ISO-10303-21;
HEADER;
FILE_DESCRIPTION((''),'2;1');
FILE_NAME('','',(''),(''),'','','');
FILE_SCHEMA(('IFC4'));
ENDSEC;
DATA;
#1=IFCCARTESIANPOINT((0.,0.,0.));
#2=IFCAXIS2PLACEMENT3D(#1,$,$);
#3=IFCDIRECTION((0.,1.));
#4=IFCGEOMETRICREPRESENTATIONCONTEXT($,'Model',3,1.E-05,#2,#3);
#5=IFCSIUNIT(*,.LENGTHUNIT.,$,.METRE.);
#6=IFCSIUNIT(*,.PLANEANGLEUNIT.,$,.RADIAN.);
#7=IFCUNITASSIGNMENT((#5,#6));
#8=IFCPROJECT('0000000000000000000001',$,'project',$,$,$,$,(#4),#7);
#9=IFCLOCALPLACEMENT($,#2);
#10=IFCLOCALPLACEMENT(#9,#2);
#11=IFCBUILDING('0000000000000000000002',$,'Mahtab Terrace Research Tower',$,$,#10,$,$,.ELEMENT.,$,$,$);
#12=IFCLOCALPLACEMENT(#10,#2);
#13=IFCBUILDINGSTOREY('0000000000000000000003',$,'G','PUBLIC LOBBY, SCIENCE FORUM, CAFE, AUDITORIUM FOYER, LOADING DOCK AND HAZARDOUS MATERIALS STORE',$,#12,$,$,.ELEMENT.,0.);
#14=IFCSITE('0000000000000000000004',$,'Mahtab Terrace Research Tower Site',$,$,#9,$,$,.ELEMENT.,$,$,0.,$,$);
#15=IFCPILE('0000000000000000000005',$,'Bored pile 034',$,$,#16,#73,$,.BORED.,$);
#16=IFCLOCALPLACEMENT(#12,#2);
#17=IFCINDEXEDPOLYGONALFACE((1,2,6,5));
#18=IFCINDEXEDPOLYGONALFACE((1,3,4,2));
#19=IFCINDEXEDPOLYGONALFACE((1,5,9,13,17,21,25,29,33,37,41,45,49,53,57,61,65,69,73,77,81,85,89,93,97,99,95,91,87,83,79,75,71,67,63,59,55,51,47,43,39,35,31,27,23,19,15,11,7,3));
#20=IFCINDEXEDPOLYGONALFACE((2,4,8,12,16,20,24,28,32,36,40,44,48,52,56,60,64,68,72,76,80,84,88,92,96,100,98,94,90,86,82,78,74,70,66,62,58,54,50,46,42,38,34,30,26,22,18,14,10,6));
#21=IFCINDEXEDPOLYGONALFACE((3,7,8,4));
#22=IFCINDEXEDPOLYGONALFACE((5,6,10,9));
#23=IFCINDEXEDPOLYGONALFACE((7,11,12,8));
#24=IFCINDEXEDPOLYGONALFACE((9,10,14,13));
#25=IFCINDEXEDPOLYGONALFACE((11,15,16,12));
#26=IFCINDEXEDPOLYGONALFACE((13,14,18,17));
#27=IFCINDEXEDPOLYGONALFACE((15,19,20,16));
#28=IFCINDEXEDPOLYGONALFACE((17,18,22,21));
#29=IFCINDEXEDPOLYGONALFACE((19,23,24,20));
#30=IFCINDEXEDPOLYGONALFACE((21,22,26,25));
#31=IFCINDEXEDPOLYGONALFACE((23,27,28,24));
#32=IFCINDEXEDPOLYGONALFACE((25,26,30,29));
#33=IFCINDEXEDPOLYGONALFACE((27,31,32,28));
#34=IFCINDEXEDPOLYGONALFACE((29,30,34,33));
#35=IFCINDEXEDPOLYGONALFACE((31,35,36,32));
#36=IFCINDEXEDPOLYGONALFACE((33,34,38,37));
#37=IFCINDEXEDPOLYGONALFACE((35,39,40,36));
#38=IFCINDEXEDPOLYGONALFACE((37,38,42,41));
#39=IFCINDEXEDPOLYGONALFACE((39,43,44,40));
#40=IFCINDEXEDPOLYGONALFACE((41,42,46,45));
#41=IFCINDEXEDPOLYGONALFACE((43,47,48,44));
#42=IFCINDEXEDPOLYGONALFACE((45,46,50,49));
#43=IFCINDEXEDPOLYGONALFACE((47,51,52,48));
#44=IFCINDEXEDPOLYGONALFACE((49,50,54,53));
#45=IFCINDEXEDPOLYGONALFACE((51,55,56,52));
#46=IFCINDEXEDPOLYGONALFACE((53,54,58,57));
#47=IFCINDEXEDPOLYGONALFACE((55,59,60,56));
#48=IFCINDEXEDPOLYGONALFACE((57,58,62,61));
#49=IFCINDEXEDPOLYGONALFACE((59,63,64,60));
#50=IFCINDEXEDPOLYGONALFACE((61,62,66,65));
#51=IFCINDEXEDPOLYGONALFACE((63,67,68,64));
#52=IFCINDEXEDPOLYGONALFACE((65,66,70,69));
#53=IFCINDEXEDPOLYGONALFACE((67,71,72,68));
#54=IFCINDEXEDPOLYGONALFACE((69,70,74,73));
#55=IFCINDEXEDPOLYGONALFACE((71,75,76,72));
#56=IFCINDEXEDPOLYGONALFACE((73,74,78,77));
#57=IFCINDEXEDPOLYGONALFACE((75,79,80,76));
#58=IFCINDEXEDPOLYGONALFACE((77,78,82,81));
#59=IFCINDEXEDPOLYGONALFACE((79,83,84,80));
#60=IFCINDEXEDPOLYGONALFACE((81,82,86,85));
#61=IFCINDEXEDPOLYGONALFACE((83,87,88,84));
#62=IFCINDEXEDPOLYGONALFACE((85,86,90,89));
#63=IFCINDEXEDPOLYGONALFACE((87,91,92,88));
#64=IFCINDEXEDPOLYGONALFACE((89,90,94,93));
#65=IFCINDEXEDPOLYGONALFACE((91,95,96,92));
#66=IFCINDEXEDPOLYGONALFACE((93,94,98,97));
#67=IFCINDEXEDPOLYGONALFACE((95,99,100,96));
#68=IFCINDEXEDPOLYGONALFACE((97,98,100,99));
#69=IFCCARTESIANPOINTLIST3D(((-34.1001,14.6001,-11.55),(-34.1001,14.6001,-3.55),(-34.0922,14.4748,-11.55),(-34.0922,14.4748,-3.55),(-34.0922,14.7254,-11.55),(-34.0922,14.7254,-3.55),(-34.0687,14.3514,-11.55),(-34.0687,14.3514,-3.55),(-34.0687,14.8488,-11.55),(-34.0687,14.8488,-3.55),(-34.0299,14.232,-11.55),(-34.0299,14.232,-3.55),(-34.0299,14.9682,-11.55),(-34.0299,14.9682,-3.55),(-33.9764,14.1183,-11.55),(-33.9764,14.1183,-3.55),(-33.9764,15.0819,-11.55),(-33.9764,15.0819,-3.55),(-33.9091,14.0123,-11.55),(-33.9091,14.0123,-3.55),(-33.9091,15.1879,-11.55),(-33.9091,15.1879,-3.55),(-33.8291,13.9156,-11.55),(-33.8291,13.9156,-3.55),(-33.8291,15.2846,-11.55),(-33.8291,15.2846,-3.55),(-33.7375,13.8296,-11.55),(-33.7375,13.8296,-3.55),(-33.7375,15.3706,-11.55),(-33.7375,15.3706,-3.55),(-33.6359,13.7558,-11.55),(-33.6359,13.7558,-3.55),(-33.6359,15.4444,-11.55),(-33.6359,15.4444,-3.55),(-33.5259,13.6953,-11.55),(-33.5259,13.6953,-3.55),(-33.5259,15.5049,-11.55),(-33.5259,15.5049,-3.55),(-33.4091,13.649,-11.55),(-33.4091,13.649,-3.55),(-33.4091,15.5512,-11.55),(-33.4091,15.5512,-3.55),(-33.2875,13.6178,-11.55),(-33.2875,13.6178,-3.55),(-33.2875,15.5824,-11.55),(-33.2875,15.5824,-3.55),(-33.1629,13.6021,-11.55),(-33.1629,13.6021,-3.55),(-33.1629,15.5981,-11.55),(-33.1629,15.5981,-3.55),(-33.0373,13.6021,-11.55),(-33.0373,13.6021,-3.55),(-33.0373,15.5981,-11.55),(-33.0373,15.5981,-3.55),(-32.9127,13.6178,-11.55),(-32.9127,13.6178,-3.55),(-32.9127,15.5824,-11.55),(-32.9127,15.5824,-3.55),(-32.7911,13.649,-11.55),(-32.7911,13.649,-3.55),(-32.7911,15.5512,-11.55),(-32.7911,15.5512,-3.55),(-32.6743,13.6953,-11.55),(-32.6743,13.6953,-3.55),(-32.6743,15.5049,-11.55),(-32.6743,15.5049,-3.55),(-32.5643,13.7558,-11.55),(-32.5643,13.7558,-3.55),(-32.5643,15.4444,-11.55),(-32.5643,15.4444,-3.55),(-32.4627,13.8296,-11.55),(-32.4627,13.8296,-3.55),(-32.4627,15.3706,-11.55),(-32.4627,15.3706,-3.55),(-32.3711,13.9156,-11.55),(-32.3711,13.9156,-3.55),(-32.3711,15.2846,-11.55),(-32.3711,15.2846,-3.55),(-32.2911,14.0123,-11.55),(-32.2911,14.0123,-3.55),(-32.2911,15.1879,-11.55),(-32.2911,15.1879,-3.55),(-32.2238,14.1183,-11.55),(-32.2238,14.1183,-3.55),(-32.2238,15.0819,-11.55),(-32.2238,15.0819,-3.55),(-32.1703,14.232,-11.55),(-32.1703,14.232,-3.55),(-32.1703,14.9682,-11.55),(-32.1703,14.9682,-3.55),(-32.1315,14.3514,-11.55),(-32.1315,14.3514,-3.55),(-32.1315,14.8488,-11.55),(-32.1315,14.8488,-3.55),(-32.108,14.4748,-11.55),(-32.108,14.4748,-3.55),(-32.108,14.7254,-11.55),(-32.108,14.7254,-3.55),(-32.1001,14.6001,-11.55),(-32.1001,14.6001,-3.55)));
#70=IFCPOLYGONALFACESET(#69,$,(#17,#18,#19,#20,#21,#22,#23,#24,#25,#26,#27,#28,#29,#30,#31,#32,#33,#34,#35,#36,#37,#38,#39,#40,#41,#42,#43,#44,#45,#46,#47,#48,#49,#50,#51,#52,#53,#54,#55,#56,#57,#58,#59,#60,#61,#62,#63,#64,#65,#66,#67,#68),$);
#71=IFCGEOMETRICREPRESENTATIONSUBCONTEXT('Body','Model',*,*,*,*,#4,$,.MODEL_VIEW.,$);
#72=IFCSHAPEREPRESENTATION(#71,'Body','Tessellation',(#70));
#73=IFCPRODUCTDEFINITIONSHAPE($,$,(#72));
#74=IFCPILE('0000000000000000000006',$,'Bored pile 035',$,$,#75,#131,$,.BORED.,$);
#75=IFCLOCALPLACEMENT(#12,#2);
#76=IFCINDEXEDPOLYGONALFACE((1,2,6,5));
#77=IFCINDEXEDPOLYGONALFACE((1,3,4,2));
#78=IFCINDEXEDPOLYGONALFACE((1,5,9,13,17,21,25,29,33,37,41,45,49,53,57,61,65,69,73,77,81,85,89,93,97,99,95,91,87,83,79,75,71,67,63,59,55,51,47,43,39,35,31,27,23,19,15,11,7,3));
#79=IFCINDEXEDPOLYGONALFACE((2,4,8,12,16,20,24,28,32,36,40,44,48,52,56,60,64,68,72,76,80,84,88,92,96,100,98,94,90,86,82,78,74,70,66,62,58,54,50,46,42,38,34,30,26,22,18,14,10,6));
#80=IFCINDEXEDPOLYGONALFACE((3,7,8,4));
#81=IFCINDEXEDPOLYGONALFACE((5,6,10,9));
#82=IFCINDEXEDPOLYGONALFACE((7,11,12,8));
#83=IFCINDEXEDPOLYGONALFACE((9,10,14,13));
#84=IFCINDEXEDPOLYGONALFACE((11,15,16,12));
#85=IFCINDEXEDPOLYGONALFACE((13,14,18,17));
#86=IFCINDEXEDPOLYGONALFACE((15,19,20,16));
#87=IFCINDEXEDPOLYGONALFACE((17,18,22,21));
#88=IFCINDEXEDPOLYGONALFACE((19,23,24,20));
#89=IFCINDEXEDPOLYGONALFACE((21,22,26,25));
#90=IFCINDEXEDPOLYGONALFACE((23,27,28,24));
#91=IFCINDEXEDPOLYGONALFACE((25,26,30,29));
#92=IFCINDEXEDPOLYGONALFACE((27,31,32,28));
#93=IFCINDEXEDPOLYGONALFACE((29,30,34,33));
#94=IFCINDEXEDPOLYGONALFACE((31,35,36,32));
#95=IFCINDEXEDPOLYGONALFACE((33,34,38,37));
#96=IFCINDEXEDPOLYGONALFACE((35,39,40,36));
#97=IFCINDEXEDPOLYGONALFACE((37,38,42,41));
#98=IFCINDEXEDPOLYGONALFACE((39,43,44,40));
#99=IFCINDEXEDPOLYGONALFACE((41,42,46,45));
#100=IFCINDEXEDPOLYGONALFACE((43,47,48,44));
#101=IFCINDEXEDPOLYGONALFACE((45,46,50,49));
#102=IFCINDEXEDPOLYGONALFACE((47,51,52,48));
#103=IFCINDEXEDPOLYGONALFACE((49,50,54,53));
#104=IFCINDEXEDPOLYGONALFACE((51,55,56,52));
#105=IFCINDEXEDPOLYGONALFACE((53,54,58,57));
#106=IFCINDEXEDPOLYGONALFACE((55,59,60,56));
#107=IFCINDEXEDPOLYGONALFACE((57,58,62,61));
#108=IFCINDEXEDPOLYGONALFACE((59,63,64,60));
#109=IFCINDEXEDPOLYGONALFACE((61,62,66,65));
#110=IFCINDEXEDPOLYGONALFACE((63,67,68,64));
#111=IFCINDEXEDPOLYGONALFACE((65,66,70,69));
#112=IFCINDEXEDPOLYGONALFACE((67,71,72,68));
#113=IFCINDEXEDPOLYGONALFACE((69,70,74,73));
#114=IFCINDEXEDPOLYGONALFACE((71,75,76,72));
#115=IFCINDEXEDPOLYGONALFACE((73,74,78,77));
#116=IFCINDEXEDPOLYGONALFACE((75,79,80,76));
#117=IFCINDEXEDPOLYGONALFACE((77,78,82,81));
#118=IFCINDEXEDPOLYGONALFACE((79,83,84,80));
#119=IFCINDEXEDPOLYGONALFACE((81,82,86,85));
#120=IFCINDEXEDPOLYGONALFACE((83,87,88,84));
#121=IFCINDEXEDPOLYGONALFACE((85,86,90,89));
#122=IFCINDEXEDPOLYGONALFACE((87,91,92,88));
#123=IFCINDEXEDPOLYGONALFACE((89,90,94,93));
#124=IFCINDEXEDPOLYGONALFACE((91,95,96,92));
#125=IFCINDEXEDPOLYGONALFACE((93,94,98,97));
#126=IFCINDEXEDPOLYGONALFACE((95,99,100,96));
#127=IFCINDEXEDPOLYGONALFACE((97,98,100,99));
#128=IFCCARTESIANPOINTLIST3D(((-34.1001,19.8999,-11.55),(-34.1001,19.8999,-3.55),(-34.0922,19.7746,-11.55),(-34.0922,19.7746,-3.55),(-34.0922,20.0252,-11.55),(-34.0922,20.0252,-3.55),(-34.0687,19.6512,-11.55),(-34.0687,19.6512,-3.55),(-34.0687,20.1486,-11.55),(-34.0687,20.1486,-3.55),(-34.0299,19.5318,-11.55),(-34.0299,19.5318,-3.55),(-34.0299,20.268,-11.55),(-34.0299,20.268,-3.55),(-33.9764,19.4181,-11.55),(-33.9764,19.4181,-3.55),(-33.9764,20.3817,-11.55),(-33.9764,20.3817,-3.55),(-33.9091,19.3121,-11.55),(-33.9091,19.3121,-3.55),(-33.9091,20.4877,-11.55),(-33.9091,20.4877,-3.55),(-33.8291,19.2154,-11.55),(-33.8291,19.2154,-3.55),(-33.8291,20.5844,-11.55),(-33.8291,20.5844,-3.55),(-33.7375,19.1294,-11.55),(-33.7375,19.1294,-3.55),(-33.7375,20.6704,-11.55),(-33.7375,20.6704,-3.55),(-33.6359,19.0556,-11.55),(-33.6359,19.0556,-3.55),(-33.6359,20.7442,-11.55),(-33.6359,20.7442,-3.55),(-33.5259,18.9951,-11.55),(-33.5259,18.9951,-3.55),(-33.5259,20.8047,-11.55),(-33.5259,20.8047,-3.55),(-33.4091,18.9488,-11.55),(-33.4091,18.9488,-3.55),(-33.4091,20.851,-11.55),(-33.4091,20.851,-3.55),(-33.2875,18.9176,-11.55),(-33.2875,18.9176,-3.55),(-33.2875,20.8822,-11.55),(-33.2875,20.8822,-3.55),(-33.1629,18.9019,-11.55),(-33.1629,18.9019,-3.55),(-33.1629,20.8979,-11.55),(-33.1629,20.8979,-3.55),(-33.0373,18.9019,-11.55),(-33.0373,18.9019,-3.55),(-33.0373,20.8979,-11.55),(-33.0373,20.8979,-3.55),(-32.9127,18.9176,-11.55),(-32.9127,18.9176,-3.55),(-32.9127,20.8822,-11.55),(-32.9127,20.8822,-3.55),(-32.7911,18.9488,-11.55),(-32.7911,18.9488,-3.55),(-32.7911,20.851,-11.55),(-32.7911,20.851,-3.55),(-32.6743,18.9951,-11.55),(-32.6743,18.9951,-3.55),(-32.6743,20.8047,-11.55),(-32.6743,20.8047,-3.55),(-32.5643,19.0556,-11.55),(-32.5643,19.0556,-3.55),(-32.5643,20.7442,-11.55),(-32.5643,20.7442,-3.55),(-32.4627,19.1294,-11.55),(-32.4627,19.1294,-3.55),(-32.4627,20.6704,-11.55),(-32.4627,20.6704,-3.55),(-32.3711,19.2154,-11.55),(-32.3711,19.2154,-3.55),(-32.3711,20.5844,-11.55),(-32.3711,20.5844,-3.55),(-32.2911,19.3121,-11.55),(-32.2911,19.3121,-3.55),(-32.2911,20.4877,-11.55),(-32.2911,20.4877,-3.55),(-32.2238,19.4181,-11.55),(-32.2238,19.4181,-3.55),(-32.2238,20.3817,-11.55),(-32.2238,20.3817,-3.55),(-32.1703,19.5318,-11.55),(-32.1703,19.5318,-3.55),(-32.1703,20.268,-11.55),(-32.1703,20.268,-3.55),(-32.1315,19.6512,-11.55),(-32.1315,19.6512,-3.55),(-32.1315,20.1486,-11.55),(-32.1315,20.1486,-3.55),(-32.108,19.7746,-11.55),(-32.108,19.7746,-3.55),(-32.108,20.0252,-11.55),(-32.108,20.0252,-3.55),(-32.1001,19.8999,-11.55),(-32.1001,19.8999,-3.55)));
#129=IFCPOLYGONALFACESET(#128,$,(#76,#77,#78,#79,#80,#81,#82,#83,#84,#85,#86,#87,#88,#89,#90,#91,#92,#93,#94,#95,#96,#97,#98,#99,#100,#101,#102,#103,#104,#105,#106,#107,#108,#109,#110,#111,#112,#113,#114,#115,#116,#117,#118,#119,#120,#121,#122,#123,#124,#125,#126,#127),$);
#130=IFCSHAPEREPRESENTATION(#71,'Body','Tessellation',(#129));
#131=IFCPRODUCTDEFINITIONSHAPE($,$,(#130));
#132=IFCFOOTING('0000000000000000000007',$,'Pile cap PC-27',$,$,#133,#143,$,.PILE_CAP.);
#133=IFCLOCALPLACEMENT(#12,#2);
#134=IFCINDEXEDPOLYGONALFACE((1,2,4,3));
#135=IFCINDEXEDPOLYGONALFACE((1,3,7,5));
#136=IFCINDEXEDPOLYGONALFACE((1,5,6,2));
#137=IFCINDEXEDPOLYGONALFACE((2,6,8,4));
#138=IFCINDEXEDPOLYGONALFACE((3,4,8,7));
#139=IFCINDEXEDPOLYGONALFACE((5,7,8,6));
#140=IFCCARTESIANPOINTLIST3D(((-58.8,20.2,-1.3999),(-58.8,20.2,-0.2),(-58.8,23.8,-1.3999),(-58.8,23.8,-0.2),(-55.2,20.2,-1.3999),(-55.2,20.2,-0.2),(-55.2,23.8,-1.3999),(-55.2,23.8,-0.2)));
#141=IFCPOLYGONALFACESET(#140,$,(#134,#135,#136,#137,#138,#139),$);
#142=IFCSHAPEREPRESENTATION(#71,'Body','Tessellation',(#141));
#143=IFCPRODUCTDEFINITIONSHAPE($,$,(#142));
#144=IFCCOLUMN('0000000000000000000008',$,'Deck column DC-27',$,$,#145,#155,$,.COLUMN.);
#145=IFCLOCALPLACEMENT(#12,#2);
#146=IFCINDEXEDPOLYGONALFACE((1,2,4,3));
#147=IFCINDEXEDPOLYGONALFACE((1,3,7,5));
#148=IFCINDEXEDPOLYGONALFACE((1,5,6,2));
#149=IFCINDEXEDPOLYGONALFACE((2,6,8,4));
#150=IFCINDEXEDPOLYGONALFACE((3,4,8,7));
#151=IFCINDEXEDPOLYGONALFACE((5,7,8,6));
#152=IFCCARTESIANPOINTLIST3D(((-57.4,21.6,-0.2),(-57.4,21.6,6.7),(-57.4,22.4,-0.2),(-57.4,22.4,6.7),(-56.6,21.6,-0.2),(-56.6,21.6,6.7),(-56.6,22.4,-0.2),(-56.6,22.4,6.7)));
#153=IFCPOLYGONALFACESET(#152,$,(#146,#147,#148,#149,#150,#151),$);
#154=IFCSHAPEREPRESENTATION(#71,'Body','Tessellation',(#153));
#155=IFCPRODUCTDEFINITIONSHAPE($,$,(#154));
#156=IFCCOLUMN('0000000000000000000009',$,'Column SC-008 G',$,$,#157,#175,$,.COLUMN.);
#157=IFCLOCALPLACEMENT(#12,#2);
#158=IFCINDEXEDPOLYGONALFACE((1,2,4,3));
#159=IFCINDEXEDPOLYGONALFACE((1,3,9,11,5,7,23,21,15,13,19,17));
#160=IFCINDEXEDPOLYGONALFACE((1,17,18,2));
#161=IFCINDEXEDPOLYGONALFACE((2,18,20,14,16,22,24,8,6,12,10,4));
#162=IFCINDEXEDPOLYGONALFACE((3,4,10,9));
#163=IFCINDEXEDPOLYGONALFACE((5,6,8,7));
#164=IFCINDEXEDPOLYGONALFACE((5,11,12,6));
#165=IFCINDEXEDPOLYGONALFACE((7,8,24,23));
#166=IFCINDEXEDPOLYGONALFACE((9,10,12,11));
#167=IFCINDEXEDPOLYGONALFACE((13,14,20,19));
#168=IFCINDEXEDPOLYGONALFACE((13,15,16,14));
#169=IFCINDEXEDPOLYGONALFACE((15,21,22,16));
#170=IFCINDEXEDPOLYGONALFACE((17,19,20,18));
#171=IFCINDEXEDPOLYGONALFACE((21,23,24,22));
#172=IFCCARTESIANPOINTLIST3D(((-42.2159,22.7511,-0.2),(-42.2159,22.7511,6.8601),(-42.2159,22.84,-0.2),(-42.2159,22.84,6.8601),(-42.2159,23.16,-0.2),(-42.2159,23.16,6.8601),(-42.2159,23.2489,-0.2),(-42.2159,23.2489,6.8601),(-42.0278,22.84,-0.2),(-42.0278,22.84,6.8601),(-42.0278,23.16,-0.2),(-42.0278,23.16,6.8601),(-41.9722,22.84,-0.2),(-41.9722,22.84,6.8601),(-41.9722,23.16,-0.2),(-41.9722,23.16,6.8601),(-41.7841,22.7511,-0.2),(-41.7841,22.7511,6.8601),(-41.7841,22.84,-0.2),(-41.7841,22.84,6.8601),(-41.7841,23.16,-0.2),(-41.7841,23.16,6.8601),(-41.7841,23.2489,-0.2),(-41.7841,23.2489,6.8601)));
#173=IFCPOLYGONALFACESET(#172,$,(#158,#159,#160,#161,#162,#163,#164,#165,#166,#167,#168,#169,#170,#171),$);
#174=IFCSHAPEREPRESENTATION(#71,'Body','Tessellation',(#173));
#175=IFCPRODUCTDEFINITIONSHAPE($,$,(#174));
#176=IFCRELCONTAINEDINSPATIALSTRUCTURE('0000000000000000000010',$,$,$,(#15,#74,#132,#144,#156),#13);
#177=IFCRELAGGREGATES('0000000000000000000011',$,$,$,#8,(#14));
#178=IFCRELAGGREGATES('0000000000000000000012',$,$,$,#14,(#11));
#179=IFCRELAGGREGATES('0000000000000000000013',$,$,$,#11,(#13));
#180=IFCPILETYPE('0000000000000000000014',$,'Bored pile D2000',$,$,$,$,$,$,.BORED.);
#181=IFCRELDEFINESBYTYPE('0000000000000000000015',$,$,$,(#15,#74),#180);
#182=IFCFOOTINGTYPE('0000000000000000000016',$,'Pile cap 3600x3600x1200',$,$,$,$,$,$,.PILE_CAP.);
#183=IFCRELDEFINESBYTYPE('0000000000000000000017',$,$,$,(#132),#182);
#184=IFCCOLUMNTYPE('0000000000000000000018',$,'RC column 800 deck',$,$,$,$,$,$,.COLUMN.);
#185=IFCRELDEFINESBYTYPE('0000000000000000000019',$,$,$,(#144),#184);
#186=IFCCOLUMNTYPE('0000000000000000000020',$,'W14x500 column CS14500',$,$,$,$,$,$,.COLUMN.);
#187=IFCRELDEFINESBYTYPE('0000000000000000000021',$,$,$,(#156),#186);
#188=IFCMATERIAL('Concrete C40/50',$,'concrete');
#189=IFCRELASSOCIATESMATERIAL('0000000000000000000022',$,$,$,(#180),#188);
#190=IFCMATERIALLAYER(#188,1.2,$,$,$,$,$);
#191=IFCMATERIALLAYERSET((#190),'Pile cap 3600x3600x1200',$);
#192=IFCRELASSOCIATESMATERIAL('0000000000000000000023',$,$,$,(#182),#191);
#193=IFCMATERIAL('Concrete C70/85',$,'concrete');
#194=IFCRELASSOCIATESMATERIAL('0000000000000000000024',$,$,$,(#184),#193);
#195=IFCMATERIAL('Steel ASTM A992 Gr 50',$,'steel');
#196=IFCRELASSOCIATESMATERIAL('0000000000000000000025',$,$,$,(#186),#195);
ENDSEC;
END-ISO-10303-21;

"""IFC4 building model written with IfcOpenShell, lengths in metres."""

from ifc_helpers import new_model, si_unit, direction, frame, origin, origin_2d, place, context, subcontext, project, spatial, rectangle, circle, i_section, extrude, material, layer, layer_set, material_profile, profile_set, type_object, element, save


model = new_model("IFC4")

# Units and contexts
model_context = context("Model", 3, precision=1e-05, world=origin(), true_north=direction((0.0, 1.0)))
body_context = subcontext(model_context, "Body", "Model", "MODEL_VIEW")
ifc_project = project(units=[si_unit("LENGTHUNIT", "METRE"), si_unit("PLANEANGLEUNIT", "RADIAN")], contexts=[model_context])

# Site, building, storey
site_placement = place(None, origin())
site = spatial("IfcSite", under=ifc_project, at=site_placement, Name="Mahtab Terrace Research Tower Site", CompositionType="ELEMENT", RefElevation=0.0)
building_placement = place(site_placement, origin())
building = spatial("IfcBuilding", under=site, at=building_placement, Name="Mahtab Terrace Research Tower", CompositionType="ELEMENT")
storey_placement = place(building_placement, origin())
storey = spatial("IfcBuildingStorey", under=building, at=storey_placement, Name="G", Description="PUBLIC LOBBY, SCIENCE FORUM, CAFE, AUDITORIUM FOYER, LOADING DOCK AND HAZARDOUS MATERIALS STORE", CompositionType="ELEMENT", Elevation=0.0)

# Piles
ifc_material_1 = material(Name="Concrete C40/50", Category="concrete")
ifc_material_profile_1 = material_profile(ifc_material_1, circle(Radius=1.0, at=origin_2d()), Name="Bored pile D2000")
ifc_profile_set_1 = profile_set([ifc_material_profile_1], Name="Concrete C40/50")
pile_type_1 = type_object("IfcPileType", Name="Bored pile D2000", PredefinedType="BORED", material=ifc_profile_set_1)
for number, where, z_axis, x_axis, name in (
    (1, (-33.1001, 14.6001, -3.55), (0.0, 0.0, -1.0), (1.0, 0.0, 0.0), "Bored pile 034"),
    (2, (-33.1001, 19.8999, -3.55), (0.0, 0.0, -1.0), (1.0, 0.0, 0.0), "Bored pile 035"),
):
    element("IfcPile", number, at=place(storey_placement, frame(where, z_axis=z_axis, x_axis=x_axis)), inside=storey, type_object=pile_type_1, Name=name, PredefinedType="BORED", context=body_context, shape_type="SweptSolid", body=[
        extrude(circle(Radius=1.0, at=origin_2d()), origin(), (0.0, 0.0, 1.0), 8.0),
    ])

# Footing
ifc_layer_1 = layer(ifc_material_1, 1.2)
ifc_layer_set_1 = layer_set([ifc_layer_1], Name="Pile cap 3600x3600x1200")
footing_type = type_object("IfcFootingType", Name="Pile cap 3600x3600x1200", PredefinedType="PILE_CAP", material=ifc_layer_set_1)
footing_placement = place(storey_placement, frame((-57.0, 22.0, -1.3999), z_axis=(0.0, 0.0, 1.0), x_axis=(1.0, 0.0, 0.0)))
element("IfcFooting", 3, at=footing_placement, inside=storey, type_object=footing_type, Name="Pile cap PC-27", PredefinedType="PILE_CAP", context=body_context, shape_type="SweptSolid", body=[
    extrude(rectangle(XDim=3.6001, YDim=3.6001, at=origin_2d()), origin(), (0.0, 0.0, 1.0), 1.2),
])

# Columns
ifc_material_2 = material(Name="Concrete C70/85", Category="concrete")
ifc_material_profile_2 = material_profile(ifc_material_2, rectangle(XDim=0.8, YDim=0.8, at=origin_2d()), Name="RC column 800 deck")
ifc_profile_set_2 = profile_set([ifc_material_profile_2], Name="Concrete C70/85")
column_type_1 = type_object("IfcColumnType", Name="RC column 800 deck", PredefinedType="COLUMN", material=ifc_profile_set_2)
column_1_placement = place(storey_placement, frame((-57.0, 22.0, -0.2), z_axis=(0.0, 0.0, 1.0), x_axis=(1.0, 0.0, 0.0)))
element("IfcColumn", 4, at=column_1_placement, inside=storey, type_object=column_type_1, Name="Deck column DC-27", PredefinedType="COLUMN", context=body_context, shape_type="SweptSolid", body=[
    extrude(rectangle(XDim=0.8, YDim=0.8, at=origin_2d()), origin(), (0.0, 0.0, 1.0), 6.8999),
])
ifc_material_3 = material(Name="Steel ASTM A992 Gr 50", Category="steel")
ifc_material_profile_3 = material_profile(ifc_material_3, i_section(OverallWidth=0.4319, OverallDepth=0.4978, WebThickness=0.0557, FlangeThickness=0.0889, at=origin_2d()), Name="W14X500")
ifc_profile_set_3 = profile_set([ifc_material_profile_3], Name="Steel ASTM A992 Gr 50")
column_type_2 = type_object("IfcColumnType", Name="W14x500 column CS14500", PredefinedType="COLUMN", material=ifc_profile_set_3)
column_2_placement = place(storey_placement, frame((-42.0, 23.0, -0.2), z_axis=(0.0, 0.0, 1.0), x_axis=(1.0, 0.0, 0.0)))
element("IfcColumn", 5, at=column_2_placement, inside=storey, type_object=column_type_2, Name="Column SC-008 G", PredefinedType="COLUMN", context=body_context, shape_type="SweptSolid", body=[
    extrude(i_section(OverallWidth=0.4319, OverallDepth=0.4978, WebThickness=0.0557, FlangeThickness=0.0889, at=origin_2d()), origin(), (0.0, 0.0, 1.0), 7.0601),
])

save(model, "model.ifc")
